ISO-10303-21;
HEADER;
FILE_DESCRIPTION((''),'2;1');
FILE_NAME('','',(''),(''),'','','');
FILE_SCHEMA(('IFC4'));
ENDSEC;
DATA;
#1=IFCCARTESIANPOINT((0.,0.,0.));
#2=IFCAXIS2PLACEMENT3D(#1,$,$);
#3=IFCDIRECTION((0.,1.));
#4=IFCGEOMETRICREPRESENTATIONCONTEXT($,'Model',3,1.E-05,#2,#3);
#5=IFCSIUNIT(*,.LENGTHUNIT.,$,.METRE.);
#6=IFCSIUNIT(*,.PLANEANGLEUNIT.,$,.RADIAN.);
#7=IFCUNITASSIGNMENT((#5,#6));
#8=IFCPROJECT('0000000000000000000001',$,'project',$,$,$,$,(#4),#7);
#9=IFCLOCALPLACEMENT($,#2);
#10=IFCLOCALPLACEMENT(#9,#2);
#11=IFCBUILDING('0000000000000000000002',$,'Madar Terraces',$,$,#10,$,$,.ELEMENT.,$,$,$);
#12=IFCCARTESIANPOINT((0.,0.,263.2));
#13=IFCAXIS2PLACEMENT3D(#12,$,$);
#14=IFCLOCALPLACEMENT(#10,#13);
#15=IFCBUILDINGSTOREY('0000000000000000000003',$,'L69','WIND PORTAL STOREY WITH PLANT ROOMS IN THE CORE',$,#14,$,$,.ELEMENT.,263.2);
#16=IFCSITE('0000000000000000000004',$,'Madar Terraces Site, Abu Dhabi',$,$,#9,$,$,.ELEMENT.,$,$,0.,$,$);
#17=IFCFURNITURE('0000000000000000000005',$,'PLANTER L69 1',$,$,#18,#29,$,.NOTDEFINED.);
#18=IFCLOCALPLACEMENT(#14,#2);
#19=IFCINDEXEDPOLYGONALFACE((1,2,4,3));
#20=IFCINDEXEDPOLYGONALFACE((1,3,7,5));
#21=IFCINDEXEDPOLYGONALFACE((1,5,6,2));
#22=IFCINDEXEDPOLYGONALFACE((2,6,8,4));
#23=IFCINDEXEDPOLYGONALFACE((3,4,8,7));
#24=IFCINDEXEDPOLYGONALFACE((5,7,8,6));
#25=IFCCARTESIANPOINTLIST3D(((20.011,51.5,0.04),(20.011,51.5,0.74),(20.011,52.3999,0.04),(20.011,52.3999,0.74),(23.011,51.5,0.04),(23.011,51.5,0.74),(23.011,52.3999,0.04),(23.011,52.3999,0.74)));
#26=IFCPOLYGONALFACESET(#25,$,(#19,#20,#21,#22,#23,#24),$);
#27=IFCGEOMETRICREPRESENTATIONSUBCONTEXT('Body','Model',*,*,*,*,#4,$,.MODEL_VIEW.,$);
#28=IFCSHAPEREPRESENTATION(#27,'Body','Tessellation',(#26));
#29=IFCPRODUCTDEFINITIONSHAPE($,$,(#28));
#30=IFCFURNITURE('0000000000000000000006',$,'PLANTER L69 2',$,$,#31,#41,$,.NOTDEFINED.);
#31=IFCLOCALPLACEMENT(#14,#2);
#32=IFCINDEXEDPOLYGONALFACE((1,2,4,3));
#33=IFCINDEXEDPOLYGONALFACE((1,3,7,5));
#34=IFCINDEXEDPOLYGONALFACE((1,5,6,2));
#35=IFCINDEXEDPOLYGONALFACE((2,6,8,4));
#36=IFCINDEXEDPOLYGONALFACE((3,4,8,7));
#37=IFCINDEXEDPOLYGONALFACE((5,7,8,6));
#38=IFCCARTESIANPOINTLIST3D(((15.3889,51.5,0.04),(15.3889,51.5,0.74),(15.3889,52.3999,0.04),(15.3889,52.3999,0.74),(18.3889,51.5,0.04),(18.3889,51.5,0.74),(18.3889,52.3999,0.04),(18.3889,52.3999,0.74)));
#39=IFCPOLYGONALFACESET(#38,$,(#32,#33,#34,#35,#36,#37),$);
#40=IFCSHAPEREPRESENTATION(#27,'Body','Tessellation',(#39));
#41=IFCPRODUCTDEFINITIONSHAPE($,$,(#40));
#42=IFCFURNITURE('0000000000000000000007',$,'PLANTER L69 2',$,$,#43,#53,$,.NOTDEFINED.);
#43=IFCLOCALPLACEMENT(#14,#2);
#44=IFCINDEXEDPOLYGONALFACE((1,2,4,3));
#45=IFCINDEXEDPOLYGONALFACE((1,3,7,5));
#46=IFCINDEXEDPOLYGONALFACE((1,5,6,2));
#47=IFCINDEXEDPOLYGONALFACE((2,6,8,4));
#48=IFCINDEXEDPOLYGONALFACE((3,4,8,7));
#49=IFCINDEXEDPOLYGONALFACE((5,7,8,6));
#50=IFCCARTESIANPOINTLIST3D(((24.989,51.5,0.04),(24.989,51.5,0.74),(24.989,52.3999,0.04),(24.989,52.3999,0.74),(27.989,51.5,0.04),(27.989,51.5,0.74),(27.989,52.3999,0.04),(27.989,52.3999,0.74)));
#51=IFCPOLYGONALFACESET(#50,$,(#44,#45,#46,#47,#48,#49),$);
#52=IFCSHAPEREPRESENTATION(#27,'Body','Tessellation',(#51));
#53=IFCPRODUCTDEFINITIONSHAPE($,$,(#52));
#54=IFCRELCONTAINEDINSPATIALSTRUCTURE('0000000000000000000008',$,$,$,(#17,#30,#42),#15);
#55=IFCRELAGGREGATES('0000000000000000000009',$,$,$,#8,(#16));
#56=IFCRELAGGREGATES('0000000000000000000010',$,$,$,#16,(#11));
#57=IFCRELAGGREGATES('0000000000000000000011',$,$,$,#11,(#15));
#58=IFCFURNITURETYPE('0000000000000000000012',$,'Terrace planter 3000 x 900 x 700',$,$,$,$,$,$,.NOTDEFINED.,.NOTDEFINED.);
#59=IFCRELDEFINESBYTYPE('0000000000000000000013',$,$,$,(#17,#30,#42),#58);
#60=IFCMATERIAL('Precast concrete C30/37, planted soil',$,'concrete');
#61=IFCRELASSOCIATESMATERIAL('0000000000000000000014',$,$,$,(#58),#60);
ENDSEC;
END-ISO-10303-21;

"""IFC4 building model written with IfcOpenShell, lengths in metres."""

from ifc_helpers import new_model, si_unit, direction, frame, origin, origin_2d, place, context, subcontext, project, spatial, rectangle, extrude, material, type_object, element, save


model = new_model("IFC4")

# Units and contexts
model_context = context("Model", 3, precision=1e-05, world=origin(), true_north=direction((0.0, 1.0)))
body_context = subcontext(model_context, "Body", "Model", "MODEL_VIEW")
ifc_project = project(units=[si_unit("LENGTHUNIT", "METRE"), si_unit("PLANEANGLEUNIT", "RADIAN")], contexts=[model_context])

# Site, building, storey
site_placement = place(None, origin())
site = spatial("IfcSite", under=ifc_project, at=site_placement, Name="Madar Terraces Site, Abu Dhabi", CompositionType="ELEMENT", RefElevation=0.0)
building_placement = place(site_placement, origin())
building = spatial("IfcBuilding", under=site, at=building_placement, Name="Madar Terraces", CompositionType="ELEMENT")
storey_placement = place(building_placement, frame((0.0, 0.0, 263.2)))
storey = spatial("IfcBuildingStorey", under=building, at=storey_placement, Name="L69", Description="WIND PORTAL STOREY WITH PLANT ROOMS IN THE CORE", CompositionType="ELEMENT", Elevation=263.2)

# Furniture
ifc_material_1 = material(Name="Precast concrete C30/37, planted soil", Category="concrete")
furniture_type = type_object("IfcFurnitureType", Name="Terrace planter 3000 x 900 x 700", AssemblyPlace="NOTDEFINED", PredefinedType="NOTDEFINED", material=ifc_material_1)
for number, where, z_axis, x_axis, name in (
    (1, (21.511, 51.95, 0.04), (0.0, 0.0, 1.0), (-1.0, 0.0, 0.0), "PLANTER L69 1"),
    (2, (16.8889, 51.95, 0.04), (0.0, 0.0, 1.0), (-1.0, 0.0, 0.0), "PLANTER L69 2"),
    (3, (26.489, 51.95, 0.04), (0.0, 0.0, 1.0), (-1.0, 0.0, 0.0), "PLANTER L69 2"),
):
    element("IfcFurniture", number, at=place(storey_placement, frame(where, z_axis=z_axis, x_axis=x_axis)), inside=storey, type_object=furniture_type, Name=name, PredefinedType="NOTDEFINED", context=body_context, shape_type="SweptSolid", body=[
        extrude(rectangle(XDim=3.0, YDim=0.8999, at=origin_2d()), origin(), (0.0, 0.0, 1.0), 0.7),
    ])

save(model, "model.ifc")
